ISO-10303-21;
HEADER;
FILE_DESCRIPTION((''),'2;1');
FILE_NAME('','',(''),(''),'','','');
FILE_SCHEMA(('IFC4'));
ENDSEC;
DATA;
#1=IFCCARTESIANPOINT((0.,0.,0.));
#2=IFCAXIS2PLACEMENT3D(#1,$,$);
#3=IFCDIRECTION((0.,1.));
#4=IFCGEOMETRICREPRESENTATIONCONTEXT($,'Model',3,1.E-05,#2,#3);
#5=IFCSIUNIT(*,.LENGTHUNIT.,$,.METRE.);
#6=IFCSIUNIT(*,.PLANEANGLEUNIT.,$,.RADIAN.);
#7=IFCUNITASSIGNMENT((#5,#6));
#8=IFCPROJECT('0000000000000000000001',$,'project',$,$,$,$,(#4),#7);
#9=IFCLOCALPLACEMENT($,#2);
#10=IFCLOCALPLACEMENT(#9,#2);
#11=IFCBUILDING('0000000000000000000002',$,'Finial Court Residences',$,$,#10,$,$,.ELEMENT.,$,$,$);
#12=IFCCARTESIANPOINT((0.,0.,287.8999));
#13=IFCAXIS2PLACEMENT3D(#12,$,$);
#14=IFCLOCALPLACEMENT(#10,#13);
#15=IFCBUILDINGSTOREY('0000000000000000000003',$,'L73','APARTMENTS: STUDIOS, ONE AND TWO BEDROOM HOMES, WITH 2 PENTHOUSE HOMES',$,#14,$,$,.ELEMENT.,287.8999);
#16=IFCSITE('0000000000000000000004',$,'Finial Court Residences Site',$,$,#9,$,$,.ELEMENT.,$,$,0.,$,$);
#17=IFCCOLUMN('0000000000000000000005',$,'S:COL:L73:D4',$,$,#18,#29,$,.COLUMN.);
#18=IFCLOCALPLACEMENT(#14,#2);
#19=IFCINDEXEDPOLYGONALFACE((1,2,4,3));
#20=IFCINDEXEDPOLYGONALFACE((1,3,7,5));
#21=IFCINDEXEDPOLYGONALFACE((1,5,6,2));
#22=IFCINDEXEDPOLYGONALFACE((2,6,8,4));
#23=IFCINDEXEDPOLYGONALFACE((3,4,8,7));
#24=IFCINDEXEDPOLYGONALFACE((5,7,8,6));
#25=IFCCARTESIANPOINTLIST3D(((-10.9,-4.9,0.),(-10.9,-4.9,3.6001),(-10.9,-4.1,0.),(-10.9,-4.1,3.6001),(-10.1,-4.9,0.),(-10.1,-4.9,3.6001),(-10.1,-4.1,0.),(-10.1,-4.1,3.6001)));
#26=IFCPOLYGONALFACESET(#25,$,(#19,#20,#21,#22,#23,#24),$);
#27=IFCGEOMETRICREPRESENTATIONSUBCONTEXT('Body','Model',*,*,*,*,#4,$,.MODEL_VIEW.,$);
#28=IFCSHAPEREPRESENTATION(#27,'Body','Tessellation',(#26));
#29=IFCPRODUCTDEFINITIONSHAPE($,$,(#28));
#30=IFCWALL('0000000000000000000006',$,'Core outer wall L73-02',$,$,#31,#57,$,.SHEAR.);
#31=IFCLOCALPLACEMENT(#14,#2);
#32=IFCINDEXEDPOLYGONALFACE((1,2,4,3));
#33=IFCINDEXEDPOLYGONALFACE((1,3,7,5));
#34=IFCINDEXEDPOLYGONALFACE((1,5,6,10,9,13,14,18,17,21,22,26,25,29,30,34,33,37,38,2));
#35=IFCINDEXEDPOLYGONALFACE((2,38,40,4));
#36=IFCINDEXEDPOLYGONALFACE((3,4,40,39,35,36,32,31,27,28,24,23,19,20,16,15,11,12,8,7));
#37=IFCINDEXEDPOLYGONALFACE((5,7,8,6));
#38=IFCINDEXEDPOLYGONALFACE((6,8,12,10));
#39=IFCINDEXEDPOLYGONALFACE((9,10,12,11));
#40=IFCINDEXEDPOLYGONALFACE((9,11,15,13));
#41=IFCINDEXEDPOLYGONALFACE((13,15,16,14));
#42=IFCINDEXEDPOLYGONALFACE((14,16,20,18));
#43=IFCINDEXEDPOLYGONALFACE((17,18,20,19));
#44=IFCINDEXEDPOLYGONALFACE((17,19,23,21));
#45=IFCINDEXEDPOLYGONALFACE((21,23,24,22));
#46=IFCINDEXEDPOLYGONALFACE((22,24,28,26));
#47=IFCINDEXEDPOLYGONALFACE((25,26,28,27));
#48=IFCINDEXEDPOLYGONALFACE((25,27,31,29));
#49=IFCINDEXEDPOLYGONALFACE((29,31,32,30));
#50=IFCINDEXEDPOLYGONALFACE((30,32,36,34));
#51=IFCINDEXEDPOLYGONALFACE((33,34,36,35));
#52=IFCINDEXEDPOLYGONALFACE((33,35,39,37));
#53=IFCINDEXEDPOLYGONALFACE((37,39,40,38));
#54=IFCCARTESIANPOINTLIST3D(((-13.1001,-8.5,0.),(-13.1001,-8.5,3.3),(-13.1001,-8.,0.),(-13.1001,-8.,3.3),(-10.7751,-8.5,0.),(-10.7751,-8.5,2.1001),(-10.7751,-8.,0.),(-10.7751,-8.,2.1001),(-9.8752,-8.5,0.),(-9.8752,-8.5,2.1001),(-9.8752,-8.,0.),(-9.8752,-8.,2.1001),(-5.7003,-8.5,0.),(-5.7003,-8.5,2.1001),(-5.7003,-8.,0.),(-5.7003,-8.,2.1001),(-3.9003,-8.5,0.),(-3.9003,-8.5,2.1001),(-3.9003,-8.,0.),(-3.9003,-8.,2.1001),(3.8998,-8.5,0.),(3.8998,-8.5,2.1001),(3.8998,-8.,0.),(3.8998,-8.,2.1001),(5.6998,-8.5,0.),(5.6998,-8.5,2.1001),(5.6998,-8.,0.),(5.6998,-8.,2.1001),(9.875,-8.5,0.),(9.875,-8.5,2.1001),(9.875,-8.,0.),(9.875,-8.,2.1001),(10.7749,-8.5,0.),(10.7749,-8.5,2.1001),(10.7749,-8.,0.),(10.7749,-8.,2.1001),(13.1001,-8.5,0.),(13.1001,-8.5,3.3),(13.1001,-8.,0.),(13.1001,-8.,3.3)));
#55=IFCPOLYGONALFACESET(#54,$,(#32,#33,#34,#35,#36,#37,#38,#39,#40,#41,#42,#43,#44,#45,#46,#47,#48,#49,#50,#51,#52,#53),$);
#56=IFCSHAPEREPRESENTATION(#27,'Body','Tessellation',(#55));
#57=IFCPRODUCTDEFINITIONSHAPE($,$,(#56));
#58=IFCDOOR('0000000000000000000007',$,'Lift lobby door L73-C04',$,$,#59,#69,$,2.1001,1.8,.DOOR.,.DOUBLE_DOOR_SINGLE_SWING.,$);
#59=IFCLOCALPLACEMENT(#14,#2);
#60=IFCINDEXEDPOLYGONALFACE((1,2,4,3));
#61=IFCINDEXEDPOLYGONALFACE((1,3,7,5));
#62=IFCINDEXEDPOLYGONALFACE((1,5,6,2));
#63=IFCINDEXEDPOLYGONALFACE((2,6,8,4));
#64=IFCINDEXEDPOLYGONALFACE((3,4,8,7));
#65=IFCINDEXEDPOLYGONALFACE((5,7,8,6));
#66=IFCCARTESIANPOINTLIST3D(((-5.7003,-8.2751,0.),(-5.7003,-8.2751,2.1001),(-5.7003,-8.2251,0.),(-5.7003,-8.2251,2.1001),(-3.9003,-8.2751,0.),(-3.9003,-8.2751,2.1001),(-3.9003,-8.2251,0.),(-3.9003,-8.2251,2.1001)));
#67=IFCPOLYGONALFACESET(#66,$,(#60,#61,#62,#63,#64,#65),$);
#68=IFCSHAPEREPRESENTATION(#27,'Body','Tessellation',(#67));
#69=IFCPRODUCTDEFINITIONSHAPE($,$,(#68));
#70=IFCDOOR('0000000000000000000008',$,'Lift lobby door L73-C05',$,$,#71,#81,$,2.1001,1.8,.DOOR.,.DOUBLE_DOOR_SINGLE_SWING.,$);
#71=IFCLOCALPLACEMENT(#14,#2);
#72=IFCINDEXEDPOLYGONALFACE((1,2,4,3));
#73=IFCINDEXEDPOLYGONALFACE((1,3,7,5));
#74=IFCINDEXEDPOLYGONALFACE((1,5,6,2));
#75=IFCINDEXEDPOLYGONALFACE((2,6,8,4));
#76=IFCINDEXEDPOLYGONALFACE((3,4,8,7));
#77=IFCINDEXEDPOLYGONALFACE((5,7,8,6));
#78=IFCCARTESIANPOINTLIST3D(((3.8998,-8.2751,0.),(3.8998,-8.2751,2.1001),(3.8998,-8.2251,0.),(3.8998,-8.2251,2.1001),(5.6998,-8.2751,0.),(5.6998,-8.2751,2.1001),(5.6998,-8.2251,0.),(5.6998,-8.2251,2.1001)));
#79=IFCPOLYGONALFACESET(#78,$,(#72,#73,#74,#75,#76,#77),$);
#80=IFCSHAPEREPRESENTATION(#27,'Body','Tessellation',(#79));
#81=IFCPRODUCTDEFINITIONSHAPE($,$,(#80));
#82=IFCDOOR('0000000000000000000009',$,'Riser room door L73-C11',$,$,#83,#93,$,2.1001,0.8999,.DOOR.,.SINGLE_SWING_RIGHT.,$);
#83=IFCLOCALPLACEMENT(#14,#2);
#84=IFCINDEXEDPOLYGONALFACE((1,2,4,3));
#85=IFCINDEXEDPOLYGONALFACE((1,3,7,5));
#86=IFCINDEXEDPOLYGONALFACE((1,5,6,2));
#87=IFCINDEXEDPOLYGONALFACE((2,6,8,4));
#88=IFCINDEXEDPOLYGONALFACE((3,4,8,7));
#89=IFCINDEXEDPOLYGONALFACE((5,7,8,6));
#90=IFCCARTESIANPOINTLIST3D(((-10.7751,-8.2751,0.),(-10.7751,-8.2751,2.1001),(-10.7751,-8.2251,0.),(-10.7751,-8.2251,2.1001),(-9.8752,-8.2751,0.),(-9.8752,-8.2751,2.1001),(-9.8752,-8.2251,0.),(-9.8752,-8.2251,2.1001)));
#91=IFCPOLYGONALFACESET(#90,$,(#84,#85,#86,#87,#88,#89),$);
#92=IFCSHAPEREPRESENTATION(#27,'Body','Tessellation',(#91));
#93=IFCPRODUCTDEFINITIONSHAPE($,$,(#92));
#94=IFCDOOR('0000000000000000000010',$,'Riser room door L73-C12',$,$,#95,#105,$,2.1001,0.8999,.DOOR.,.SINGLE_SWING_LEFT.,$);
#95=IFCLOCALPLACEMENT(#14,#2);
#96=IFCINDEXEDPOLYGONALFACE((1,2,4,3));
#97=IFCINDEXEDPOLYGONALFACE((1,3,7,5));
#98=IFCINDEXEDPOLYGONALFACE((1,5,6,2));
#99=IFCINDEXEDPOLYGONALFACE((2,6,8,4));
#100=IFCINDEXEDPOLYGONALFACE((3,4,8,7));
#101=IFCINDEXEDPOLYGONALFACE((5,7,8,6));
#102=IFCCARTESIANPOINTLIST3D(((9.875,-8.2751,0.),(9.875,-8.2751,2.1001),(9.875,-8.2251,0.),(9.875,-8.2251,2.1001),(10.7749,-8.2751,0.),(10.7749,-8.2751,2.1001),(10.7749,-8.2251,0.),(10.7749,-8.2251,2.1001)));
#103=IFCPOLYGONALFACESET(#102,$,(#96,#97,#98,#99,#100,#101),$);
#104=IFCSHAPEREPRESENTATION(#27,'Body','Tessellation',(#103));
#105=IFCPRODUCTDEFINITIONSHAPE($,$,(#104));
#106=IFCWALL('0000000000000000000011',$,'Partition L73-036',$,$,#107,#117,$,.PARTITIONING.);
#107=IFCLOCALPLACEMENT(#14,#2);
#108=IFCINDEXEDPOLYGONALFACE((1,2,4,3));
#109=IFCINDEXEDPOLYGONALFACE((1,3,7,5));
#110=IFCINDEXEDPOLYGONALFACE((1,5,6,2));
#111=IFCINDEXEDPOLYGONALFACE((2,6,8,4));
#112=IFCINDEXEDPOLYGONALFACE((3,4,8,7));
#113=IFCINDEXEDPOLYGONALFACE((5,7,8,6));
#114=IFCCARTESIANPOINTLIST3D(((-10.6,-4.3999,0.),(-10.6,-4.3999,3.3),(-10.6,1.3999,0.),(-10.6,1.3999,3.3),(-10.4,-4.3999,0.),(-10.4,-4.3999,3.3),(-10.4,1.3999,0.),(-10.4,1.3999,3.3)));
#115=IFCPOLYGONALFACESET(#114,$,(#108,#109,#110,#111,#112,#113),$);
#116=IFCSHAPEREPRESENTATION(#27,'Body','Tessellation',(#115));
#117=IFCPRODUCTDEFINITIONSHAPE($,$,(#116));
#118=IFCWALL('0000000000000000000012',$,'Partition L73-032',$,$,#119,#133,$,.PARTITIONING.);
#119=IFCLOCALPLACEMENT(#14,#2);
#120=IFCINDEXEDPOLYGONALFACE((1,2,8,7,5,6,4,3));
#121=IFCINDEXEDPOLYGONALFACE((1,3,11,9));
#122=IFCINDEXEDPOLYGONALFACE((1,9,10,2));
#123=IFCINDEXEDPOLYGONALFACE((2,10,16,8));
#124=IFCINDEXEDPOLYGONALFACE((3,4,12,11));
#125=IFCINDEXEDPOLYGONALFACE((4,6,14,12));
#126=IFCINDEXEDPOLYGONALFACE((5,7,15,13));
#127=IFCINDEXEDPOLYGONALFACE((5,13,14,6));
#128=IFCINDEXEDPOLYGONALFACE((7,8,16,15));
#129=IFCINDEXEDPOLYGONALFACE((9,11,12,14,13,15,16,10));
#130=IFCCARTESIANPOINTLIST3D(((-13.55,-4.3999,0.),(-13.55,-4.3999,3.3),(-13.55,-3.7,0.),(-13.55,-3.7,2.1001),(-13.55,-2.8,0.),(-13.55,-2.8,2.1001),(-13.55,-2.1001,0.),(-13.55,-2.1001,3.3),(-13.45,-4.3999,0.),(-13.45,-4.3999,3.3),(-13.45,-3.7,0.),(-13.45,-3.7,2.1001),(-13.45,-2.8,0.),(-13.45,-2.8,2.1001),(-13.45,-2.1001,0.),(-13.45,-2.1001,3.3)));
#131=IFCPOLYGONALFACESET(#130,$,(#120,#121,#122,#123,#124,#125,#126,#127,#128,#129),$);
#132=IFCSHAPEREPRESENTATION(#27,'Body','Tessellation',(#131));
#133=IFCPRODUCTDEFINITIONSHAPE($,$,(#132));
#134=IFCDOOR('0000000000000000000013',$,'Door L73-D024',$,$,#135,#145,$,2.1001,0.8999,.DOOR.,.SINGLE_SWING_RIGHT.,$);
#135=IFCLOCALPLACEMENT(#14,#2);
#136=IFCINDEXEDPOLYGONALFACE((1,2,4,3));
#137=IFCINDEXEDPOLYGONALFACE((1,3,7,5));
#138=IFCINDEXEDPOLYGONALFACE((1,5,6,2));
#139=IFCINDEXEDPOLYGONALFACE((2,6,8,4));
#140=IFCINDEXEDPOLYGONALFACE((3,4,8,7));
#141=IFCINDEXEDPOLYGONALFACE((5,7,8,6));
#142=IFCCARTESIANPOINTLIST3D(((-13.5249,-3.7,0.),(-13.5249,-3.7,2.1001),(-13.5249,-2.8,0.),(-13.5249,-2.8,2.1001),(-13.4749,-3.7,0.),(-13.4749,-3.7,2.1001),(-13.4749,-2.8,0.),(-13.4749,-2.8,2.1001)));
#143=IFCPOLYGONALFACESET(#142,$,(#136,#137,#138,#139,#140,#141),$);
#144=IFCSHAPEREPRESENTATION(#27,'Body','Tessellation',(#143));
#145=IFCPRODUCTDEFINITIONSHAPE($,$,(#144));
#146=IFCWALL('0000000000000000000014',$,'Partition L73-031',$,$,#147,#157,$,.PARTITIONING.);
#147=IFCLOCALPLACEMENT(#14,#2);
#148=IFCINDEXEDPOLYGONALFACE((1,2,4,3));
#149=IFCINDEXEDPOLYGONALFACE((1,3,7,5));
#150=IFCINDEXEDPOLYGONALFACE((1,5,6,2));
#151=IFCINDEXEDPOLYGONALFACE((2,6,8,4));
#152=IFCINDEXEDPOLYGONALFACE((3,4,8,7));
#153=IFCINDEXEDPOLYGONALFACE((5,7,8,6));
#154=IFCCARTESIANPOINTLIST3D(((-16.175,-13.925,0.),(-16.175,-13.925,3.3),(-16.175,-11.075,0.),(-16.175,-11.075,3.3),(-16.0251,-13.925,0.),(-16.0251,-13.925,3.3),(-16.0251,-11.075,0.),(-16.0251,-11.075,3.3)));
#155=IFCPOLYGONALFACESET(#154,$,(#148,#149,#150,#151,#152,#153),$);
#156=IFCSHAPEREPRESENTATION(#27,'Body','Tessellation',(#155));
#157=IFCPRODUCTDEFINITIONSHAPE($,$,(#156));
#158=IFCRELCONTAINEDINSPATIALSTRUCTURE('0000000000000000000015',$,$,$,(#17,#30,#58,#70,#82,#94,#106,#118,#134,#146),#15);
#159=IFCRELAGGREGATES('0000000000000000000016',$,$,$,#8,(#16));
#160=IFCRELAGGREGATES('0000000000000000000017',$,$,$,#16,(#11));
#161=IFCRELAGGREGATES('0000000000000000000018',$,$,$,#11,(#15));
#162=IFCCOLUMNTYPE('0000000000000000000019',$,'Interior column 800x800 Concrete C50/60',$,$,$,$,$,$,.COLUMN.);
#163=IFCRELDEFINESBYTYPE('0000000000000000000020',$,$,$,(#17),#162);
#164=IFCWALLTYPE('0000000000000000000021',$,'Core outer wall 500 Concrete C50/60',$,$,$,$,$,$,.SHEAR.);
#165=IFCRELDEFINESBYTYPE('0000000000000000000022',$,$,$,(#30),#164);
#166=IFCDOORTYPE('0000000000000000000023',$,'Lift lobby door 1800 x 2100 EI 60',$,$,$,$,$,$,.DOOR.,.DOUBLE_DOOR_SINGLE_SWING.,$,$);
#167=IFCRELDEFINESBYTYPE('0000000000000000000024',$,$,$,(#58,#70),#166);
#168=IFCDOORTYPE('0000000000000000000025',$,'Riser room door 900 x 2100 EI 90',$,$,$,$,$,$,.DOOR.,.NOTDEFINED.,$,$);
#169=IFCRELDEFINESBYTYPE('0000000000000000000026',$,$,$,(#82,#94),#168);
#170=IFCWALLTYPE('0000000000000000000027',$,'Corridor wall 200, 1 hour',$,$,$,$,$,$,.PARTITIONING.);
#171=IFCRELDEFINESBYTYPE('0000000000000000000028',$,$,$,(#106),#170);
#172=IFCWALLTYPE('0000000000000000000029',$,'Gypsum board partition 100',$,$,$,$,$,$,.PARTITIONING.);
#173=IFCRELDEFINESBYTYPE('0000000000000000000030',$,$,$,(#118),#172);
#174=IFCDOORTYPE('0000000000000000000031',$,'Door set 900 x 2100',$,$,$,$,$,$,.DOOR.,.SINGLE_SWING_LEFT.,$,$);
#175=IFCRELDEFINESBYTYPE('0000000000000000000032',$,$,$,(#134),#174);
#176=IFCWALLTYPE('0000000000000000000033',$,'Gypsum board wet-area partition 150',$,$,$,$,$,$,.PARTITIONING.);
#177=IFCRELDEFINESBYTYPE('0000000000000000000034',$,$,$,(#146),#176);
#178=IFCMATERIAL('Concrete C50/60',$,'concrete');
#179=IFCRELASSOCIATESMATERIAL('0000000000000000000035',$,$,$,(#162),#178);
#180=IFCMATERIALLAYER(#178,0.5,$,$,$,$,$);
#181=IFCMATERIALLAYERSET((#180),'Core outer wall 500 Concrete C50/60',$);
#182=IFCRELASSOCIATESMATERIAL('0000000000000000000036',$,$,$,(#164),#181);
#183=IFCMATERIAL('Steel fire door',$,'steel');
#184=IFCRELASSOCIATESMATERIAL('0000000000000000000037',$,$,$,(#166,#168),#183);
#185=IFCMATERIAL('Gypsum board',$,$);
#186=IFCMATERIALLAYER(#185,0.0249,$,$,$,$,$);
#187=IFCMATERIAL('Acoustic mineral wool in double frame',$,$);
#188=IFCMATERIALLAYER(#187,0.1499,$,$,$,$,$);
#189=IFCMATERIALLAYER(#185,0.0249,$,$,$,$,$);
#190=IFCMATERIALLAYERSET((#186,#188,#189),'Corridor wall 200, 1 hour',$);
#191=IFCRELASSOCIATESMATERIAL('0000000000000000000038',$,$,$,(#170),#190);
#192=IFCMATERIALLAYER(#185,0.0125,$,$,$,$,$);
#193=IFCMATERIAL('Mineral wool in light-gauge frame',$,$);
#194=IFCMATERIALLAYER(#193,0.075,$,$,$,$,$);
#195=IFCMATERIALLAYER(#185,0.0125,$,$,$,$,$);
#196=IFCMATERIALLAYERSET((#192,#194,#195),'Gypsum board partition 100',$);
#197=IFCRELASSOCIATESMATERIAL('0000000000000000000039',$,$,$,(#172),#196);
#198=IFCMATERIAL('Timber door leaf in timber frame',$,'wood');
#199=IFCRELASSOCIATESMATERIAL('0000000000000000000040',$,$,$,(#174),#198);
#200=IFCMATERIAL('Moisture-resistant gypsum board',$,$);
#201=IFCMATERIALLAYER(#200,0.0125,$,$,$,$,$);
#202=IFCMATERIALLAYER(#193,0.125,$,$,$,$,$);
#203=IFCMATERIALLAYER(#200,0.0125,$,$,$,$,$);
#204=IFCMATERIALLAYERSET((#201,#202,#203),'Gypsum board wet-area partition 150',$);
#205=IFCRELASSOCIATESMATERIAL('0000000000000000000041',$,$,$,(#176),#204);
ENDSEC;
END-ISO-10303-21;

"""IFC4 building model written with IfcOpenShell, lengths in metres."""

from ifc_helpers import new_model, si_unit, direction, frame, frame_2d, origin, origin_2d, place, context, subcontext, project, spatial, rectangle, extrude, material, layer, layer_set, material_profile, profile_set, type_object, element, fill, save


model = new_model("IFC4")

# Units and contexts
model_context = context("Model", 3, precision=1e-05, world=origin(), true_north=direction((0.0, 1.0)))
body_context = subcontext(model_context, "Body", "Model", "MODEL_VIEW")
ifc_project = project(units=[si_unit("LENGTHUNIT", "METRE"), si_unit("PLANEANGLEUNIT", "RADIAN")], contexts=[model_context])

# Site, building, storey
site_placement = place(None, origin())
site = spatial("IfcSite", under=ifc_project, at=site_placement, Name="Finial Court Residences Site", CompositionType="ELEMENT", RefElevation=0.0)
building_placement = place(site_placement, origin())
building = spatial("IfcBuilding", under=site, at=building_placement, Name="Finial Court Residences", CompositionType="ELEMENT")
storey_placement = place(building_placement, frame((0.0, 0.0, 287.8999)))
storey = spatial("IfcBuildingStorey", under=building, at=storey_placement, Name="L73", Description="APARTMENTS: STUDIOS, ONE AND TWO BEDROOM HOMES, WITH 2 PENTHOUSE HOMES", CompositionType="ELEMENT", Elevation=287.8999)

# Column
ifc_material_1 = material(Name="Concrete C50/60", Category="concrete")
ifc_material_profile = material_profile(ifc_material_1, rectangle(XDim=0.8, YDim=0.8, at=origin_2d()), Name="800x800")
ifc_profile_set = profile_set([ifc_material_profile], Name="Concrete C50/60")
column_type = type_object("IfcColumnType", Name="Interior column 800x800 Concrete C50/60", PredefinedType="COLUMN", material=ifc_profile_set)
column_placement = place(storey_placement, frame((-10.5, -4.5, 0.0), z_axis=(0.0, 0.0, 1.0), x_axis=(1.0, 0.0, 0.0)))
element("IfcColumn", 1, at=column_placement, inside=storey, type_object=column_type, Name="S:COL:L73:D4", PredefinedType="COLUMN", context=body_context, shape_type="SweptSolid", body=[
    extrude(rectangle(XDim=0.8, YDim=0.8, at=origin_2d()), origin(), (0.0, 0.0, 1.0), 3.6001),
])

# Wall, openings, doors
ifc_layer_1 = layer(ifc_material_1, 0.5)
ifc_layer_set_1 = layer_set([ifc_layer_1], Name="Core outer wall 500 Concrete C50/60")
wall_type_1 = type_object("IfcWallType", Name="Core outer wall 500 Concrete C50/60", PredefinedType="SHEAR", material=ifc_layer_set_1)
wall_1_placement = place(storey_placement, frame((-13.1001, -8.25, 0.0), z_axis=(0.0, 0.0, 1.0), x_axis=(1.0, 0.0, 0.0)))
wall_1 = element("IfcWall", 2, at=wall_1_placement, inside=storey, type_object=wall_type_1, Name="Core outer wall L73-02", PredefinedType="SHEAR", context=body_context, shape_type="SweptSolid", body=[
    extrude(rectangle(XDim=26.2002, YDim=0.5, at=frame_2d((13.1001, 0.0))), origin(), (0.0, 0.0, 1.0), 3.3),
])
opening_1_placement = place(wall_1_placement, frame((7.3999, 0.0, 0.0)))
opening_1 = element("IfcOpeningElement", 3, at=opening_1_placement, cuts=wall_1, PredefinedType="OPENING", context=body_context, shape_type="SweptSolid", body=[
    extrude(rectangle(XDim=1.8, YDim=2.1001, at=frame_2d((0.8999, 1.05))), frame((0.0, 0.26, 0.0), z_axis=(0.0, -1.0, 0.0), x_axis=(1.0, 0.0, 0.0)), (0.0, 0.0, 1.0), 0.52),
])
opening_2_placement = place(wall_1_placement, frame((17.0, 0.0, 0.0)))
opening_2 = element("IfcOpeningElement", 4, at=opening_2_placement, cuts=wall_1, PredefinedType="OPENING", context=body_context, shape_type="SweptSolid", body=[
    extrude(rectangle(XDim=1.8, YDim=2.1001, at=frame_2d((0.8999, 1.05))), frame((0.0, 0.26, 0.0), z_axis=(0.0, -1.0, 0.0), x_axis=(1.0, 0.0, 0.0)), (0.0, 0.0, 1.0), 0.52),
])
opening_3_placement = place(wall_1_placement, frame((2.325, 0.0, 0.0)))
opening_3 = element("IfcOpeningElement", 5, at=opening_3_placement, cuts=wall_1, PredefinedType="OPENING", context=body_context, shape_type="SweptSolid", body=[
    extrude(rectangle(XDim=0.8999, YDim=2.1001, at=frame_2d((0.45, 1.05))), frame((0.0, 0.26, 0.0), z_axis=(0.0, -1.0, 0.0), x_axis=(1.0, 0.0, 0.0)), (0.0, 0.0, 1.0), 0.52),
])
opening_4_placement = place(wall_1_placement, frame((22.9751, 0.0, 0.0)))
opening_4 = element("IfcOpeningElement", 6, at=opening_4_placement, cuts=wall_1, PredefinedType="OPENING", context=body_context, shape_type="SweptSolid", body=[
    extrude(rectangle(XDim=0.8999, YDim=2.1001, at=frame_2d((0.45, 1.05))), frame((0.0, 0.26, 0.0), z_axis=(0.0, -1.0, 0.0), x_axis=(1.0, 0.0, 0.0)), (0.0, 0.0, 1.0), 0.52),
])
ifc_material_2 = material(Name="Steel fire door", Category="steel")
door_type_1 = type_object("IfcDoorType", Name="Lift lobby door 1800 x 2100 EI 60", OperationType="DOUBLE_DOOR_SINGLE_SWING", PredefinedType="DOOR", material=ifc_material_2)
door_1_placement = place(opening_1_placement, origin())
door_1 = element("IfcDoor", 7, at=door_1_placement, inside=storey, type_object=door_type_1, Name="Lift lobby door L73-C04", OperationType="DOUBLE_DOOR_SINGLE_SWING", OverallHeight=2.1001, OverallWidth=1.8, PredefinedType="DOOR", context=body_context, shape_type="SweptSolid", body=[
    extrude(rectangle(XDim=1.8, YDim=2.1001, at=frame_2d((0.8999, 1.05))), frame((0.0, 0.0249, 0.0), z_axis=(0.0, -1.0, 0.0), x_axis=(1.0, 0.0, 0.0)), (0.0, 0.0, 1.0), 0.05),
])
fill(opening_1, door_1)
door_2_placement = place(opening_2_placement, origin())
door_2 = element("IfcDoor", 8, at=door_2_placement, inside=storey, type_object=door_type_1, Name="Lift lobby door L73-C05", OperationType="DOUBLE_DOOR_SINGLE_SWING", OverallHeight=2.1001, OverallWidth=1.8, PredefinedType="DOOR", context=body_context, shape_type="SweptSolid", body=[
    extrude(rectangle(XDim=1.8, YDim=2.1001, at=frame_2d((0.8999, 1.05))), frame((0.0, 0.0249, 0.0), z_axis=(0.0, -1.0, 0.0), x_axis=(1.0, 0.0, 0.0)), (0.0, 0.0, 1.0), 0.05),
])
fill(opening_2, door_2)
door_type_2 = type_object("IfcDoorType", Name="Riser room door 900 x 2100 EI 90", OperationType="NOTDEFINED", PredefinedType="DOOR", material=ifc_material_2)
door_3_placement = place(opening_3_placement, origin())
door_3 = element("IfcDoor", 9, at=door_3_placement, inside=storey, type_object=door_type_2, Name="Riser room door L73-C11", OperationType="SINGLE_SWING_RIGHT", OverallHeight=2.1001, OverallWidth=0.8999, PredefinedType="DOOR", context=body_context, shape_type="SweptSolid", body=[
    extrude(rectangle(XDim=0.8999, YDim=2.1001, at=frame_2d((0.45, 1.05))), frame((0.0, 0.0249, 0.0), z_axis=(0.0, -1.0, 0.0), x_axis=(1.0, 0.0, 0.0)), (0.0, 0.0, 1.0), 0.05),
])
fill(opening_3, door_3)
door_4_placement = place(opening_4_placement, origin())
door_4 = element("IfcDoor", 10, at=door_4_placement, inside=storey, type_object=door_type_2, Name="Riser room door L73-C12", OperationType="SINGLE_SWING_LEFT", OverallHeight=2.1001, OverallWidth=0.8999, PredefinedType="DOOR", context=body_context, shape_type="SweptSolid", body=[
    extrude(rectangle(XDim=0.8999, YDim=2.1001, at=frame_2d((0.45, 1.05))), frame((0.0, 0.0249, 0.0), z_axis=(0.0, -1.0, 0.0), x_axis=(1.0, 0.0, 0.0)), (0.0, 0.0, 1.0), 0.05),
])
fill(opening_4, door_4)

# Wall
ifc_material_3 = material(Name="Gypsum board")
ifc_layer_2 = layer(ifc_material_3, 0.0249)
ifc_material_4 = material(Name="Acoustic mineral wool in double frame")
ifc_layer_3 = layer(ifc_material_4, 0.1499)
ifc_layer_4 = layer(ifc_material_3, 0.0249)
ifc_layer_set_2 = layer_set([ifc_layer_2, ifc_layer_3, ifc_layer_4], Name="Corridor wall 200, 1 hour")
wall_type_2 = type_object("IfcWallType", Name="Corridor wall 200, 1 hour", PredefinedType="PARTITIONING", material=ifc_layer_set_2)
wall_2_placement = place(storey_placement, frame((-10.5, -4.3999, 0.0), z_axis=(0.0, 0.0, 1.0), x_axis=(0.0, 1.0, 0.0)))
element("IfcWall", 11, at=wall_2_placement, inside=storey, type_object=wall_type_2, Name="Partition L73-036", PredefinedType="PARTITIONING", context=body_context, shape_type="SweptSolid", body=[
    extrude(rectangle(XDim=5.7998, YDim=0.2, at=frame_2d((2.8999, 0.0))), origin(), (0.0, 0.0, 1.0), 3.3),
])

# Wall, opening, door
ifc_layer_5 = layer(ifc_material_3, 0.0125)
ifc_material_5 = material(Name="Mineral wool in light-gauge frame")
ifc_layer_6 = layer(ifc_material_5, 0.075)
ifc_layer_7 = layer(ifc_material_3, 0.0125)
ifc_layer_set_3 = layer_set([ifc_layer_5, ifc_layer_6, ifc_layer_7], Name="Gypsum board partition 100")
wall_type_3 = type_object("IfcWallType", Name="Gypsum board partition 100", PredefinedType="PARTITIONING", material=ifc_layer_set_3)
wall_3_placement = place(storey_placement, frame((-13.5, -4.3999, 0.0), z_axis=(0.0, 0.0, 1.0), x_axis=(0.0, 1.0, 0.0)))
wall_3 = element("IfcWall", 12, at=wall_3_placement, inside=storey, type_object=wall_type_3, Name="Partition L73-032", PredefinedType="PARTITIONING", context=body_context, shape_type="SweptSolid", body=[
    extrude(rectangle(XDim=2.2998, YDim=0.1001, at=frame_2d((1.1499, 0.0))), origin(), (0.0, 0.0, 1.0), 3.3),
])
opening_5_placement = place(wall_3_placement, frame((0.7, 0.0, 0.0)))
opening_5 = element("IfcOpeningElement", 13, at=opening_5_placement, cuts=wall_3, PredefinedType="OPENING", context=body_context, shape_type="SweptSolid", body=[
    extrude(rectangle(XDim=0.8999, YDim=2.1001, at=frame_2d((0.45, 1.05))), frame((0.0, 0.0601, 0.0), z_axis=(0.0, -1.0, 0.0), x_axis=(1.0, 0.0, 0.0)), (0.0, 0.0, 1.0), 0.1201),
])
ifc_material_6 = material(Name="Timber door leaf in timber frame", Category="wood")
door_type_3 = type_object("IfcDoorType", Name="Door set 900 x 2100", OperationType="SINGLE_SWING_LEFT", PredefinedType="DOOR", material=ifc_material_6)
door_5_placement = place(opening_5_placement, origin())
door_5 = element("IfcDoor", 14, at=door_5_placement, inside=storey, type_object=door_type_3, Name="Door L73-D024", OperationType="SINGLE_SWING_RIGHT", OverallHeight=2.1001, OverallWidth=0.8999, PredefinedType="DOOR", context=body_context, shape_type="SweptSolid", body=[
    extrude(rectangle(XDim=0.8999, YDim=2.1001, at=frame_2d((0.45, 1.05))), frame((0.0, 0.0249, 0.0), z_axis=(0.0, -1.0, 0.0), x_axis=(1.0, 0.0, 0.0)), (0.0, 0.0, 1.0), 0.05),
])
fill(opening_5, door_5)

# Wall
ifc_material_7 = material(Name="Moisture-resistant gypsum board")
ifc_layer_8 = layer(ifc_material_7, 0.0125)
ifc_layer_9 = layer(ifc_material_5, 0.125)
ifc_layer_10 = layer(ifc_material_7, 0.0125)
ifc_layer_set_4 = layer_set([ifc_layer_8, ifc_layer_9, ifc_layer_10], Name="Gypsum board wet-area partition 150")
wall_type_4 = type_object("IfcWallType", Name="Gypsum board wet-area partition 150", PredefinedType="PARTITIONING", material=ifc_layer_set_4)
wall_4_placement = place(storey_placement, frame((-16.1001, -13.925, 0.0), z_axis=(0.0, 0.0, 1.0), x_axis=(0.0, 1.0, 0.0)))
element("IfcWall", 15, at=wall_4_placement, inside=storey, type_object=wall_type_4, Name="Partition L73-031", PredefinedType="PARTITIONING", context=body_context, shape_type="SweptSolid", body=[
    extrude(rectangle(XDim=2.8501, YDim=0.1499, at=frame_2d((1.425, 0.0))), origin(), (0.0, 0.0, 1.0), 3.3),
])

save(model, "model.ifc")
